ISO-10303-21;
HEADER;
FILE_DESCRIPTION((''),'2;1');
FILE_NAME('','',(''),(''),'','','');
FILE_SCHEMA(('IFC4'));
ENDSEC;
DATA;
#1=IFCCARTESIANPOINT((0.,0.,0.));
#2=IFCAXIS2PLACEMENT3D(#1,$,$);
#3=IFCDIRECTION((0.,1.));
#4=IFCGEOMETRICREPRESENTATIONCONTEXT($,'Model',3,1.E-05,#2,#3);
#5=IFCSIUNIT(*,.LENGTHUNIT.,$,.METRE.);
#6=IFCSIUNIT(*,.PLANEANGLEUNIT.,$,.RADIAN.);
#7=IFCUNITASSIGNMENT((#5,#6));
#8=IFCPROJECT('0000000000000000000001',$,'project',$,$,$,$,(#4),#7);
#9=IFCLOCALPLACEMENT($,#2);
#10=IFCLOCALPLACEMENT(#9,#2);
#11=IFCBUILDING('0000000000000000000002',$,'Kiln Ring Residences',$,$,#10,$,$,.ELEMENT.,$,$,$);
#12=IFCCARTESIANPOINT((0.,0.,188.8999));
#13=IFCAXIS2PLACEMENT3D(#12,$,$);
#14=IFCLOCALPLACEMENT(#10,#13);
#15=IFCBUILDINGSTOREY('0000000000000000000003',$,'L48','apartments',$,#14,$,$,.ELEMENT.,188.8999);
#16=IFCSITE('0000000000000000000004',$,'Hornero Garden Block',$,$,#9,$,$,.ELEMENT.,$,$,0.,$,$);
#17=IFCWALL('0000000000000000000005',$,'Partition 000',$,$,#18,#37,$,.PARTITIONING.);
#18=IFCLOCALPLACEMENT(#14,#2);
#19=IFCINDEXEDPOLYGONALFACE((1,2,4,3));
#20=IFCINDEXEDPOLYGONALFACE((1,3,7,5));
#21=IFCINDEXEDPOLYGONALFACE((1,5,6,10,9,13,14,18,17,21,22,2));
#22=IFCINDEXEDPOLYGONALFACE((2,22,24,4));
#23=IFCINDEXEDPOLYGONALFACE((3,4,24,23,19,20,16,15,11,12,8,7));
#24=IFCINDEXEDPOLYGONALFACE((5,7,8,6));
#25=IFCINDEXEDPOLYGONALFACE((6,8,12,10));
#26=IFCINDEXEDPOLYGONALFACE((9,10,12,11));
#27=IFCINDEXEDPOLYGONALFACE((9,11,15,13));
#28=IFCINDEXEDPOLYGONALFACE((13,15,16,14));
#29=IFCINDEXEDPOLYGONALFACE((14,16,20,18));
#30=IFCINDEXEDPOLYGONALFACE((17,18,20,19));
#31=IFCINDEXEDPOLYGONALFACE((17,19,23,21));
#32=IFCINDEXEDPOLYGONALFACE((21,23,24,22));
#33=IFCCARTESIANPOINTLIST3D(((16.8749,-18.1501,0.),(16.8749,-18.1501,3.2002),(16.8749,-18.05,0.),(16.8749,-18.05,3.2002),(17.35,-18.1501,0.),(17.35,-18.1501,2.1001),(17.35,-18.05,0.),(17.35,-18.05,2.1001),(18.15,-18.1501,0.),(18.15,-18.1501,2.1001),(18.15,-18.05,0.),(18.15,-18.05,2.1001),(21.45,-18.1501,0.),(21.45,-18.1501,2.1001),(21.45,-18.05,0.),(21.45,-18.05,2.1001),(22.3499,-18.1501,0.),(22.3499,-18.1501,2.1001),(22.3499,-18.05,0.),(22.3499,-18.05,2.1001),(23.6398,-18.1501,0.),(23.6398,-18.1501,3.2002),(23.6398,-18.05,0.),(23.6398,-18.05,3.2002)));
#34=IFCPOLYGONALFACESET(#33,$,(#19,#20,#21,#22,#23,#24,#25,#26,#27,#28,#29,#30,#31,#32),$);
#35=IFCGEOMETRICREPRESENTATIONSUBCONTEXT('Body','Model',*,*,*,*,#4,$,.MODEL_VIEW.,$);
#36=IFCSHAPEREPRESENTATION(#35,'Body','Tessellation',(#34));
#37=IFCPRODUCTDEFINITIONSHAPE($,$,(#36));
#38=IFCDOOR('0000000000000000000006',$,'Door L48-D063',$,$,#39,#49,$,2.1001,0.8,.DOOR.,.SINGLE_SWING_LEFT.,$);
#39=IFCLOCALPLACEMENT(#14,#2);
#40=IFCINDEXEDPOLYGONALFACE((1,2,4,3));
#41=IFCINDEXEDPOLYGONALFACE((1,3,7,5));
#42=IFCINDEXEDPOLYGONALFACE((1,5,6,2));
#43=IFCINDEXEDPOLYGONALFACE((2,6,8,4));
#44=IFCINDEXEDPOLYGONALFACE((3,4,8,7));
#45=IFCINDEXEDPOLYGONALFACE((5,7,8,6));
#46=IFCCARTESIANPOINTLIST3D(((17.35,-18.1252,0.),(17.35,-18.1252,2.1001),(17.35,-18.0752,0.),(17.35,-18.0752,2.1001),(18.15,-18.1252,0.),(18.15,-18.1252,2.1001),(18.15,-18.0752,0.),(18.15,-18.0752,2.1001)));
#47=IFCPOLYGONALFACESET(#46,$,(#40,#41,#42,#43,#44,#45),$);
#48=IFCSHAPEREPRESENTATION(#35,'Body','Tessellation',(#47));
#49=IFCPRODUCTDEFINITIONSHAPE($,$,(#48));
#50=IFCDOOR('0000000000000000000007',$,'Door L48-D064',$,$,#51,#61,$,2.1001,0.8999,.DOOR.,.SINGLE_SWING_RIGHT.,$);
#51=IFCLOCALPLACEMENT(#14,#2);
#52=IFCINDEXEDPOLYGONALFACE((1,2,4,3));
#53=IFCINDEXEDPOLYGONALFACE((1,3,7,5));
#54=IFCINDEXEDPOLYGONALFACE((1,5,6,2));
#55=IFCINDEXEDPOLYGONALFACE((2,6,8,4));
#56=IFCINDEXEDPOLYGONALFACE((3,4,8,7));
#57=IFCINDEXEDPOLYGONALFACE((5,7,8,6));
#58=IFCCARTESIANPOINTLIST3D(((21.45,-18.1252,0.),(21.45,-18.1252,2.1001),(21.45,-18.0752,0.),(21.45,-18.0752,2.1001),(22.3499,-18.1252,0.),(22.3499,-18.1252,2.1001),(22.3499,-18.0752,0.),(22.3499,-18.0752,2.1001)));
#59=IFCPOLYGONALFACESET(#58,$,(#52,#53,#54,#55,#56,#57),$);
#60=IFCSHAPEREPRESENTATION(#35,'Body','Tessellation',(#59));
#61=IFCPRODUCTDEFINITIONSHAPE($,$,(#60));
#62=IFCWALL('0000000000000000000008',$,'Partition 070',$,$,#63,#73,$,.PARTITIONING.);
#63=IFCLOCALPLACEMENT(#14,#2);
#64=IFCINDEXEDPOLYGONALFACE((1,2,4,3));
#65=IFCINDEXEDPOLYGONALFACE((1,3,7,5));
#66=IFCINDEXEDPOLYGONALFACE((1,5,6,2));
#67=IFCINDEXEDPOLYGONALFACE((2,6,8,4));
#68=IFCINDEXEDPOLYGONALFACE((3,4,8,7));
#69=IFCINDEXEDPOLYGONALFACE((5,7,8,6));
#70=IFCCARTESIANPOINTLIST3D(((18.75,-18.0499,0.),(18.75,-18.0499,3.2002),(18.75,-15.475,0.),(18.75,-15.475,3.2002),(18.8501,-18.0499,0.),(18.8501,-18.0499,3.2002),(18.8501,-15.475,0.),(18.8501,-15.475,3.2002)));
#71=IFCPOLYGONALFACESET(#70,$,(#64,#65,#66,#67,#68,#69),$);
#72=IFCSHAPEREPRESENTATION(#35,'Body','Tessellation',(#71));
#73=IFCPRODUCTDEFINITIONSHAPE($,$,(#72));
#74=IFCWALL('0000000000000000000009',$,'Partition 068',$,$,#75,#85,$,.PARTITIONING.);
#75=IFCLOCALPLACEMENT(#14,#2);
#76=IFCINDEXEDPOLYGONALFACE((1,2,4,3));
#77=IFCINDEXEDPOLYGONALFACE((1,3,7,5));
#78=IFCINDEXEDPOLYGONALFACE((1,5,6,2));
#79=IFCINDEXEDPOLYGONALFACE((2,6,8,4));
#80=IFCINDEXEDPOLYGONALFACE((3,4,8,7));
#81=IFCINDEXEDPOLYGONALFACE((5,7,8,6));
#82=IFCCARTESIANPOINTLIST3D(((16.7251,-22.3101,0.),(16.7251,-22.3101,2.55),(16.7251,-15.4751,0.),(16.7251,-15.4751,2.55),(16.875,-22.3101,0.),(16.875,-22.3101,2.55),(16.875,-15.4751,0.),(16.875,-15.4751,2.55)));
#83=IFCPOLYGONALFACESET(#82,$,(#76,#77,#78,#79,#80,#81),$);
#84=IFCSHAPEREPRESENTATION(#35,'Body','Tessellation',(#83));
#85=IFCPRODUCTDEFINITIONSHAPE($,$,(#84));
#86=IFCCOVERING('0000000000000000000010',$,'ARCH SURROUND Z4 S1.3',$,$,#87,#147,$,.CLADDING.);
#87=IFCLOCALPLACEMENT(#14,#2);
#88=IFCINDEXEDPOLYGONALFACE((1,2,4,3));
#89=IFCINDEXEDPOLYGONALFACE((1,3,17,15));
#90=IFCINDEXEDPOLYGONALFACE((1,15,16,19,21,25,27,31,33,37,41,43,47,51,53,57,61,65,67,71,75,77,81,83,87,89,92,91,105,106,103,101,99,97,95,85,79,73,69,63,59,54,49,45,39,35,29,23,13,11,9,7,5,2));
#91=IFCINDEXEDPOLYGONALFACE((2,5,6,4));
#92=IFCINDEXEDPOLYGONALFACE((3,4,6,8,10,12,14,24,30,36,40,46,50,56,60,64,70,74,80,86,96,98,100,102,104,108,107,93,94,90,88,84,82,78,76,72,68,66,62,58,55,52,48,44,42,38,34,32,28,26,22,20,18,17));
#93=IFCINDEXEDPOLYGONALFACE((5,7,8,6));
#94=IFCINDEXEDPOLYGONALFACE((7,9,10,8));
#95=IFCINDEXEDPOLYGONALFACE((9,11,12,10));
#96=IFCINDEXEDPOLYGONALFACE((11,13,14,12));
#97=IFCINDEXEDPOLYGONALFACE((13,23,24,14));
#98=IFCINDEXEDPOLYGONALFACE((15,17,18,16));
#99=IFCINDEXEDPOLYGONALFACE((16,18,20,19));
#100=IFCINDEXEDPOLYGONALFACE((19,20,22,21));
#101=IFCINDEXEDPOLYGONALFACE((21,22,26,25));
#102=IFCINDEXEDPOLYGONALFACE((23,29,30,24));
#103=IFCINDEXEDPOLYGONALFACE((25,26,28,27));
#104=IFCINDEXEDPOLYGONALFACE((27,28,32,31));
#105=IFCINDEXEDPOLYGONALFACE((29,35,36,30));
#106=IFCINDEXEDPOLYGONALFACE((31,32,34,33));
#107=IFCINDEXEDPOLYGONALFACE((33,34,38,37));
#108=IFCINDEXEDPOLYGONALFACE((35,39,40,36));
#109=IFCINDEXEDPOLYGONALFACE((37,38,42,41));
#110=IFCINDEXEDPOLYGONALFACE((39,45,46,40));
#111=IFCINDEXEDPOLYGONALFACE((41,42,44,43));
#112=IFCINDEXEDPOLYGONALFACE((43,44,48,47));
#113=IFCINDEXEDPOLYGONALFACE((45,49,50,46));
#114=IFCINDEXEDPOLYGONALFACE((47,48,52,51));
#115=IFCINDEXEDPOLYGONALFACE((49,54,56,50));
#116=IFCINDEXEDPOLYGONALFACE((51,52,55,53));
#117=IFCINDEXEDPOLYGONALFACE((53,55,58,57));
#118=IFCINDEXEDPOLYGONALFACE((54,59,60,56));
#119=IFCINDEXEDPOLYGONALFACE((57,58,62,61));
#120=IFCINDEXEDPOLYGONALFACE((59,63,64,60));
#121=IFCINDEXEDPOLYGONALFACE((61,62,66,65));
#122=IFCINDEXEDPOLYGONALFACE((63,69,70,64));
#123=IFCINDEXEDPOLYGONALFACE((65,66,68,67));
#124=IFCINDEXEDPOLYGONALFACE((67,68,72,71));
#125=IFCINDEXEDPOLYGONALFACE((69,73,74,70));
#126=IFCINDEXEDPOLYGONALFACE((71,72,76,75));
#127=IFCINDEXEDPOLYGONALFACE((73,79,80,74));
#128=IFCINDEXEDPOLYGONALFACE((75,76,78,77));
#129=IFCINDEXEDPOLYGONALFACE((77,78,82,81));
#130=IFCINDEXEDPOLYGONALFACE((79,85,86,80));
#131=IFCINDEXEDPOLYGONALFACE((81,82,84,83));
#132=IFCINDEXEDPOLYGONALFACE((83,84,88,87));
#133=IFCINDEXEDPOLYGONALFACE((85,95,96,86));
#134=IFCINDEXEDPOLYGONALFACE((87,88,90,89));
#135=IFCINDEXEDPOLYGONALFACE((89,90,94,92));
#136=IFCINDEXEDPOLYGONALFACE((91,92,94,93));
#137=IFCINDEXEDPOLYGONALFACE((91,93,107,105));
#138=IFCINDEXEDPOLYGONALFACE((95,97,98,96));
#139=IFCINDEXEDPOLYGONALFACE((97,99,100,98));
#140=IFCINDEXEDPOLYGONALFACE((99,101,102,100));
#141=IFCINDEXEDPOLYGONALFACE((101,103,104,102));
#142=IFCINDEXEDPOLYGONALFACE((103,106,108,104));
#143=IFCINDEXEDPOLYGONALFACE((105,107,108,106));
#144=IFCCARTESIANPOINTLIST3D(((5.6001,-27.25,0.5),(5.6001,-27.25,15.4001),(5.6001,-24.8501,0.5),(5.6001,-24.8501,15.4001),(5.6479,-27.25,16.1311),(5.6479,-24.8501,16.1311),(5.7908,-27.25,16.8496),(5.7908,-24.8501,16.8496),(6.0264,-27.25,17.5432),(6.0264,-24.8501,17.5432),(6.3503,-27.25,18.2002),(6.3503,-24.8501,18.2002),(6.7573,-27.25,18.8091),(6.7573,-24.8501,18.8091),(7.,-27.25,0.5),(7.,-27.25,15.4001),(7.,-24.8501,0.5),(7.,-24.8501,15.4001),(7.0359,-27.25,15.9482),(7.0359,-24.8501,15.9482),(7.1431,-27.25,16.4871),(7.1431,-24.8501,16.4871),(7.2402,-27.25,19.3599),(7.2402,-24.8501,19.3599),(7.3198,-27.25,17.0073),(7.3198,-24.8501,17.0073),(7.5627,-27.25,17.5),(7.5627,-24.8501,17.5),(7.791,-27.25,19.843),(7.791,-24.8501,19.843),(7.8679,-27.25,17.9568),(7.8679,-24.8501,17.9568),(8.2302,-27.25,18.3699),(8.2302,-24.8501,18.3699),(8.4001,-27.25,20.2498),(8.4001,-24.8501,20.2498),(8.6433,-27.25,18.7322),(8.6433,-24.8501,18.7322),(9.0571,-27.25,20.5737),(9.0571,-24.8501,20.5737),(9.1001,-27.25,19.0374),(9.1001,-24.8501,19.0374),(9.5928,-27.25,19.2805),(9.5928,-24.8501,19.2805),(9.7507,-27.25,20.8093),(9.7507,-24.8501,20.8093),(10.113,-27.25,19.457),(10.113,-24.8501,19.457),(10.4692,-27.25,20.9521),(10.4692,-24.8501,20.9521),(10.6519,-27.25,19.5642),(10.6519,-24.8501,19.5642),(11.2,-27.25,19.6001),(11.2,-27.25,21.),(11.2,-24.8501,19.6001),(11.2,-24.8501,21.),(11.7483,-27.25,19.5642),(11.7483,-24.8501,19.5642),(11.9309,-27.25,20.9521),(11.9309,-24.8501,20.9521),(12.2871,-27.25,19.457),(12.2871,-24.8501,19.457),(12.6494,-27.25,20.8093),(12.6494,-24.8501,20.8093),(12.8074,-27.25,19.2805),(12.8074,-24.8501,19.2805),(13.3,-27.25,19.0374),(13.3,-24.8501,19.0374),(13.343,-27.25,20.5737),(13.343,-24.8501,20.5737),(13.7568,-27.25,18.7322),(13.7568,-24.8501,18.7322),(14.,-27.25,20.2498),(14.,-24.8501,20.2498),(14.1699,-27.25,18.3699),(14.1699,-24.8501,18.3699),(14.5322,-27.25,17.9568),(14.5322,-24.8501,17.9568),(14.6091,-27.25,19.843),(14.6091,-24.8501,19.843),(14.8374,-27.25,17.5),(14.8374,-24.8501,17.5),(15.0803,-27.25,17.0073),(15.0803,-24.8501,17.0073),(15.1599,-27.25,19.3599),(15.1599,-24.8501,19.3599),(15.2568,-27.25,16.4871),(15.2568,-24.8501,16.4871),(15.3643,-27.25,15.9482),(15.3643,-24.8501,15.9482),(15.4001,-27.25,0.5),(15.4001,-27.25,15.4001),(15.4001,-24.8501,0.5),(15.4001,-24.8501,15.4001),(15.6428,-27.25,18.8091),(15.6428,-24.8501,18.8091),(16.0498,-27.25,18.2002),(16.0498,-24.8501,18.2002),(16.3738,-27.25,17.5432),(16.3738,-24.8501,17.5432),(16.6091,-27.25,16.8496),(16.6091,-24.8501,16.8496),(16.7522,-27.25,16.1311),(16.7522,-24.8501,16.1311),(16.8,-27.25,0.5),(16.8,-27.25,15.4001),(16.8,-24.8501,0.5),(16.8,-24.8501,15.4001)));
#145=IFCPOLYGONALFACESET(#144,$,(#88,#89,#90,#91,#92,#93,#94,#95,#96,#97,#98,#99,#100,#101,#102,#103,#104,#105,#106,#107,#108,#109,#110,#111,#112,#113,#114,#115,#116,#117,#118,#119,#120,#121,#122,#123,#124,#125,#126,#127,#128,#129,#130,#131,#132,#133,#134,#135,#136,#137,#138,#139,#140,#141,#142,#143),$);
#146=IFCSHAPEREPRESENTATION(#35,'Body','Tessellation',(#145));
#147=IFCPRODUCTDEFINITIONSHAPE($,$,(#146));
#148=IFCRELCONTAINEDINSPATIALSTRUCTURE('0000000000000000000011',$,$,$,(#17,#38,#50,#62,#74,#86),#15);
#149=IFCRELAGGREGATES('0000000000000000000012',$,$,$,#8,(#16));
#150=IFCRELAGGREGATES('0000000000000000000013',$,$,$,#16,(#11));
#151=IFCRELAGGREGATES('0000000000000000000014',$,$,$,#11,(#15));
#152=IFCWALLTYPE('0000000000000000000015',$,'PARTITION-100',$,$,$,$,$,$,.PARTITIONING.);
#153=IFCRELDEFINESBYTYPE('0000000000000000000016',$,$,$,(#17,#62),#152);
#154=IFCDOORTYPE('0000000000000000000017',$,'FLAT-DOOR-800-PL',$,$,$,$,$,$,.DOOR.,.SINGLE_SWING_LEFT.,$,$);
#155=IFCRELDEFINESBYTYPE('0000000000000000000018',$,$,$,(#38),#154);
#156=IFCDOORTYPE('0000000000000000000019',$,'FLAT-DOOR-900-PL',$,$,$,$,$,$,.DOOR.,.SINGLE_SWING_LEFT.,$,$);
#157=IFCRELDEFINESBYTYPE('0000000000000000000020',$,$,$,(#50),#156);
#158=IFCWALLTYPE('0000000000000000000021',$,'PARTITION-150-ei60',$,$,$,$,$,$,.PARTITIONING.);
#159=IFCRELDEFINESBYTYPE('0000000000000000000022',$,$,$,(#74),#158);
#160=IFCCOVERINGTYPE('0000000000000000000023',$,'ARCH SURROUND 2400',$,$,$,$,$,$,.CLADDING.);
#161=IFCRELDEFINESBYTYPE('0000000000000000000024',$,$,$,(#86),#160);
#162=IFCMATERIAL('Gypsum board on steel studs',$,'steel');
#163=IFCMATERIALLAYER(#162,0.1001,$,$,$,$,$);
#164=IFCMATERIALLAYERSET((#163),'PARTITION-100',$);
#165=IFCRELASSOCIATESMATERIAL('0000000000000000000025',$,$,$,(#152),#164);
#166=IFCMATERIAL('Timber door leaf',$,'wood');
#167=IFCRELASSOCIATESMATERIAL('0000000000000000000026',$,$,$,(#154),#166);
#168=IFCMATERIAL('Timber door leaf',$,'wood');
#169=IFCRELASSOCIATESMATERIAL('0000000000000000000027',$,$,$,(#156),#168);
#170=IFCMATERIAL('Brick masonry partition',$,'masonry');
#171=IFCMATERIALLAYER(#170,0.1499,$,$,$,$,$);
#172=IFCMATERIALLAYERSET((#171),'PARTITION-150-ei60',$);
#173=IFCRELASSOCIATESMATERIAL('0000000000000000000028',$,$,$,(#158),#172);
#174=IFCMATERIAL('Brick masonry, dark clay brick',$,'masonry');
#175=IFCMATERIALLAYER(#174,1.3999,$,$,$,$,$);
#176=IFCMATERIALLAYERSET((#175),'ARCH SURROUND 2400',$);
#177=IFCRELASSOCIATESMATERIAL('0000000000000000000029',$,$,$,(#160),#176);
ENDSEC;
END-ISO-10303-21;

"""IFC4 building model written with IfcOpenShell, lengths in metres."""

from ifc_helpers import new_model, si_unit, direction, frame, frame_2d, origin, place, context, subcontext, project, spatial, polyline, rectangle, outline, extrude, material, layer, layer_set, type_object, element, fill, save


model = new_model("IFC4")

# Units and contexts
model_context = context("Model", 3, precision=1e-05, world=origin(), true_north=direction((0.0, 1.0)))
body_context = subcontext(model_context, "Body", "Model", "MODEL_VIEW")
ifc_project = project(units=[si_unit("LENGTHUNIT", "METRE"), si_unit("PLANEANGLEUNIT", "RADIAN")], contexts=[model_context])

# Site, building, storey
site_placement = place(None, origin())
site = spatial("IfcSite", under=ifc_project, at=site_placement, Name="Hornero Garden Block", CompositionType="ELEMENT", RefElevation=0.0)
building_placement = place(site_placement, origin())
building = spatial("IfcBuilding", under=site, at=building_placement, Name="Kiln Ring Residences", CompositionType="ELEMENT")
storey_placement = place(building_placement, frame((0.0, 0.0, 188.8999)))
storey = spatial("IfcBuildingStorey", under=building, at=storey_placement, Name="L48", Description="apartments", CompositionType="ELEMENT", Elevation=188.8999)

# Wall, openings, doors
ifc_material_1 = material(Name="Gypsum board on steel studs", Category="steel")
ifc_layer_1 = layer(ifc_material_1, 0.1001)
ifc_layer_set_1 = layer_set([ifc_layer_1], Name="PARTITION-100")
wall_type_1 = type_object("IfcWallType", Name="PARTITION-100", PredefinedType="PARTITIONING", material=ifc_layer_set_1)
wall_1_placement = place(storey_placement, frame((16.875, -18.1001, 0.0), z_axis=(0.0, 0.0, 1.0), x_axis=(1.0, 0.0, 0.0)))
wall_1 = element("IfcWall", 1, at=wall_1_placement, inside=storey, type_object=wall_type_1, Name="Partition 000", PredefinedType="PARTITIONING", context=body_context, shape_type="SweptSolid", body=[
    extrude(rectangle(XDim=6.7649, YDim=0.1001, at=frame_2d((3.3823, 0.0))), origin(), (0.0, 0.0, 1.0), 3.2002),
])
opening_1_placement = place(wall_1_placement, frame((0.4751, 0.0, 0.0)))
opening_1 = element("IfcOpeningElement", 2, at=opening_1_placement, cuts=wall_1, PredefinedType="OPENING", context=body_context, shape_type="SweptSolid", body=[
    extrude(rectangle(XDim=0.8, YDim=2.1001, at=frame_2d((0.3999, 1.05))), frame((0.0, 0.0601, 0.0), z_axis=(0.0, -1.0, 0.0), x_axis=(1.0, 0.0, 0.0)), (0.0, 0.0, 1.0), 0.1201),
])
opening_2_placement = place(wall_1_placement, frame((4.575, 0.0, 0.0)))
opening_2 = element("IfcOpeningElement", 3, at=opening_2_placement, cuts=wall_1, PredefinedType="OPENING", context=body_context, shape_type="SweptSolid", body=[
    extrude(rectangle(XDim=0.8999, YDim=2.1001, at=frame_2d((0.45, 1.05))), frame((0.0, 0.0601, 0.0), z_axis=(0.0, -1.0, 0.0), x_axis=(1.0, 0.0, 0.0)), (0.0, 0.0, 1.0), 0.1201),
])
ifc_material_2 = material(Name="Timber door leaf", Category="wood")
door_type_1 = type_object("IfcDoorType", Name="FLAT-DOOR-800-PL", OperationType="SINGLE_SWING_LEFT", PredefinedType="DOOR", material=ifc_material_2)
door_1_placement = place(opening_1_placement, origin())
door_1 = element("IfcDoor", 4, at=door_1_placement, inside=storey, type_object=door_type_1, Name="Door L48-D063", OperationType="SINGLE_SWING_LEFT", OverallHeight=2.1001, OverallWidth=0.8, PredefinedType="DOOR", context=body_context, shape_type="SweptSolid", body=[
    extrude(rectangle(XDim=0.8, YDim=2.1001, at=frame_2d((0.3999, 1.05))), frame((0.0, 0.0249, 0.0), z_axis=(0.0, -1.0, 0.0), x_axis=(1.0, 0.0, 0.0)), (0.0, 0.0, 1.0), 0.05),
])
fill(opening_1, door_1)
ifc_material_3 = material(Name="Timber door leaf", Category="wood")
door_type_2 = type_object("IfcDoorType", Name="FLAT-DOOR-900-PL", OperationType="SINGLE_SWING_LEFT", PredefinedType="DOOR", material=ifc_material_3)
door_2_placement = place(opening_2_placement, origin())
door_2 = element("IfcDoor", 5, at=door_2_placement, inside=storey, type_object=door_type_2, Name="Door L48-D064", OperationType="SINGLE_SWING_RIGHT", OverallHeight=2.1001, OverallWidth=0.8999, PredefinedType="DOOR", context=body_context, shape_type="SweptSolid", body=[
    extrude(rectangle(XDim=0.8999, YDim=2.1001, at=frame_2d((0.45, 1.05))), frame((0.0, 0.0249, 0.0), z_axis=(0.0, -1.0, 0.0), x_axis=(1.0, 0.0, 0.0)), (0.0, 0.0, 1.0), 0.05),
])
fill(opening_2, door_2)

# Walls
wall_2_placement = place(storey_placement, frame((18.8, -18.05, 0.0), z_axis=(0.0, 0.0, 1.0), x_axis=(0.0, 1.0, 0.0)))
element("IfcWall", 6, at=wall_2_placement, inside=storey, type_object=wall_type_1, Name="Partition 070", PredefinedType="PARTITIONING", context=body_context, shape_type="SweptSolid", body=[
    extrude(rectangle(XDim=2.575, YDim=0.1001, at=frame_2d((1.2876, 0.0))), origin(), (0.0, 0.0, 1.0), 3.2002),
])
ifc_material_4 = material(Name="Brick masonry partition", Category="masonry")
ifc_layer_2 = layer(ifc_material_4, 0.1499)
ifc_layer_set_2 = layer_set([ifc_layer_2], Name="PARTITION-150-ei60")
wall_type_2 = type_object("IfcWallType", Name="PARTITION-150-ei60", PredefinedType="PARTITIONING", material=ifc_layer_set_2)
wall_3_placement = place(storey_placement, frame((16.8, -22.3101, 0.0), z_axis=(0.0, 0.0, 1.0), x_axis=(0.0, 1.0, 0.0)))
element("IfcWall", 7, at=wall_3_placement, inside=storey, type_object=wall_type_2, Name="Partition 068", PredefinedType="PARTITIONING", context=body_context, shape_type="SweptSolid", body=[
    extrude(rectangle(XDim=6.835, YDim=0.1499, at=frame_2d((3.4175, 0.0))), origin(), (0.0, 0.0, 1.0), 2.55),
])

# Covering
ifc_material_5 = material(Name="Brick masonry, dark clay brick", Category="masonry")
ifc_layer_3 = layer(ifc_material_5, 1.3999)
ifc_layer_set_3 = layer_set([ifc_layer_3], Name="ARCH SURROUND 2400")
covering_type = type_object("IfcCoveringType", Name="ARCH SURROUND 2400", PredefinedType="CLADDING", material=ifc_layer_set_3)
covering_placement = place(storey_placement, frame((16.8, -26.05, 0.5), z_axis=(0.0, 0.0, 1.0), x_axis=(-1.0, 0.0, 0.0)))
element("IfcCovering", 8, at=covering_placement, inside=storey, type_object=covering_type, Name="ARCH SURROUND Z4 S1.3", PredefinedType="CLADDING", context=body_context, shape_type="SweptSolid", body=[
    extrude(outline(polyline([(11.2, 0.0), (11.2, 14.9001), (11.1521, 15.6311), (11.0093, 16.3496), (10.7737, 17.0432), (10.4497, 17.7002), (10.0427, 18.3091), (9.5598, 18.8599), (9.009, 19.343), (8.3999, 19.7498), (7.7429, 20.0737), (7.0493, 20.3093), (6.3308, 20.4521), (5.6001, 20.5), (4.8691, 20.4521), (4.1506, 20.3093), (3.457, 20.0737), (2.8, 19.7498), (2.1909, 19.343), (1.6401, 18.8599), (1.1572, 18.3091), (0.7502, 17.7002), (0.4263, 17.0432), (0.1909, 16.3496), (0.0479, 15.6311), (0.0, 14.9001), (0.0, 0.0), (1.3999, 0.0), (1.3999, 14.9001), (1.4358, 15.4482), (1.5432, 15.9871), (1.7197, 16.5073), (1.9626, 17.0), (2.2678, 17.4568), (2.6301, 17.8699), (3.0432, 18.2322), (3.5, 18.5374), (3.9927, 18.7805), (4.5129, 18.957), (5.0518, 19.0642), (5.6001, 19.1001), (6.1482, 19.0642), (6.687, 18.957), (7.2073, 18.7805), (7.7, 18.5374), (8.1567, 18.2322), (8.5698, 17.8699), (8.9321, 17.4568), (9.2373, 17.0), (9.4802, 16.5073), (9.657, 15.9871), (9.7642, 15.4482), (9.8, 14.9001), (9.8, 0.0), (11.2, 0.0)])), frame((0.0, 1.2, 0.0), z_axis=(0.0, -1.0, 0.0), x_axis=(1.0, 0.0, 0.0)), (0.0, 0.0, 1.0), 2.3999),
])

save(model, "model.ifc")
